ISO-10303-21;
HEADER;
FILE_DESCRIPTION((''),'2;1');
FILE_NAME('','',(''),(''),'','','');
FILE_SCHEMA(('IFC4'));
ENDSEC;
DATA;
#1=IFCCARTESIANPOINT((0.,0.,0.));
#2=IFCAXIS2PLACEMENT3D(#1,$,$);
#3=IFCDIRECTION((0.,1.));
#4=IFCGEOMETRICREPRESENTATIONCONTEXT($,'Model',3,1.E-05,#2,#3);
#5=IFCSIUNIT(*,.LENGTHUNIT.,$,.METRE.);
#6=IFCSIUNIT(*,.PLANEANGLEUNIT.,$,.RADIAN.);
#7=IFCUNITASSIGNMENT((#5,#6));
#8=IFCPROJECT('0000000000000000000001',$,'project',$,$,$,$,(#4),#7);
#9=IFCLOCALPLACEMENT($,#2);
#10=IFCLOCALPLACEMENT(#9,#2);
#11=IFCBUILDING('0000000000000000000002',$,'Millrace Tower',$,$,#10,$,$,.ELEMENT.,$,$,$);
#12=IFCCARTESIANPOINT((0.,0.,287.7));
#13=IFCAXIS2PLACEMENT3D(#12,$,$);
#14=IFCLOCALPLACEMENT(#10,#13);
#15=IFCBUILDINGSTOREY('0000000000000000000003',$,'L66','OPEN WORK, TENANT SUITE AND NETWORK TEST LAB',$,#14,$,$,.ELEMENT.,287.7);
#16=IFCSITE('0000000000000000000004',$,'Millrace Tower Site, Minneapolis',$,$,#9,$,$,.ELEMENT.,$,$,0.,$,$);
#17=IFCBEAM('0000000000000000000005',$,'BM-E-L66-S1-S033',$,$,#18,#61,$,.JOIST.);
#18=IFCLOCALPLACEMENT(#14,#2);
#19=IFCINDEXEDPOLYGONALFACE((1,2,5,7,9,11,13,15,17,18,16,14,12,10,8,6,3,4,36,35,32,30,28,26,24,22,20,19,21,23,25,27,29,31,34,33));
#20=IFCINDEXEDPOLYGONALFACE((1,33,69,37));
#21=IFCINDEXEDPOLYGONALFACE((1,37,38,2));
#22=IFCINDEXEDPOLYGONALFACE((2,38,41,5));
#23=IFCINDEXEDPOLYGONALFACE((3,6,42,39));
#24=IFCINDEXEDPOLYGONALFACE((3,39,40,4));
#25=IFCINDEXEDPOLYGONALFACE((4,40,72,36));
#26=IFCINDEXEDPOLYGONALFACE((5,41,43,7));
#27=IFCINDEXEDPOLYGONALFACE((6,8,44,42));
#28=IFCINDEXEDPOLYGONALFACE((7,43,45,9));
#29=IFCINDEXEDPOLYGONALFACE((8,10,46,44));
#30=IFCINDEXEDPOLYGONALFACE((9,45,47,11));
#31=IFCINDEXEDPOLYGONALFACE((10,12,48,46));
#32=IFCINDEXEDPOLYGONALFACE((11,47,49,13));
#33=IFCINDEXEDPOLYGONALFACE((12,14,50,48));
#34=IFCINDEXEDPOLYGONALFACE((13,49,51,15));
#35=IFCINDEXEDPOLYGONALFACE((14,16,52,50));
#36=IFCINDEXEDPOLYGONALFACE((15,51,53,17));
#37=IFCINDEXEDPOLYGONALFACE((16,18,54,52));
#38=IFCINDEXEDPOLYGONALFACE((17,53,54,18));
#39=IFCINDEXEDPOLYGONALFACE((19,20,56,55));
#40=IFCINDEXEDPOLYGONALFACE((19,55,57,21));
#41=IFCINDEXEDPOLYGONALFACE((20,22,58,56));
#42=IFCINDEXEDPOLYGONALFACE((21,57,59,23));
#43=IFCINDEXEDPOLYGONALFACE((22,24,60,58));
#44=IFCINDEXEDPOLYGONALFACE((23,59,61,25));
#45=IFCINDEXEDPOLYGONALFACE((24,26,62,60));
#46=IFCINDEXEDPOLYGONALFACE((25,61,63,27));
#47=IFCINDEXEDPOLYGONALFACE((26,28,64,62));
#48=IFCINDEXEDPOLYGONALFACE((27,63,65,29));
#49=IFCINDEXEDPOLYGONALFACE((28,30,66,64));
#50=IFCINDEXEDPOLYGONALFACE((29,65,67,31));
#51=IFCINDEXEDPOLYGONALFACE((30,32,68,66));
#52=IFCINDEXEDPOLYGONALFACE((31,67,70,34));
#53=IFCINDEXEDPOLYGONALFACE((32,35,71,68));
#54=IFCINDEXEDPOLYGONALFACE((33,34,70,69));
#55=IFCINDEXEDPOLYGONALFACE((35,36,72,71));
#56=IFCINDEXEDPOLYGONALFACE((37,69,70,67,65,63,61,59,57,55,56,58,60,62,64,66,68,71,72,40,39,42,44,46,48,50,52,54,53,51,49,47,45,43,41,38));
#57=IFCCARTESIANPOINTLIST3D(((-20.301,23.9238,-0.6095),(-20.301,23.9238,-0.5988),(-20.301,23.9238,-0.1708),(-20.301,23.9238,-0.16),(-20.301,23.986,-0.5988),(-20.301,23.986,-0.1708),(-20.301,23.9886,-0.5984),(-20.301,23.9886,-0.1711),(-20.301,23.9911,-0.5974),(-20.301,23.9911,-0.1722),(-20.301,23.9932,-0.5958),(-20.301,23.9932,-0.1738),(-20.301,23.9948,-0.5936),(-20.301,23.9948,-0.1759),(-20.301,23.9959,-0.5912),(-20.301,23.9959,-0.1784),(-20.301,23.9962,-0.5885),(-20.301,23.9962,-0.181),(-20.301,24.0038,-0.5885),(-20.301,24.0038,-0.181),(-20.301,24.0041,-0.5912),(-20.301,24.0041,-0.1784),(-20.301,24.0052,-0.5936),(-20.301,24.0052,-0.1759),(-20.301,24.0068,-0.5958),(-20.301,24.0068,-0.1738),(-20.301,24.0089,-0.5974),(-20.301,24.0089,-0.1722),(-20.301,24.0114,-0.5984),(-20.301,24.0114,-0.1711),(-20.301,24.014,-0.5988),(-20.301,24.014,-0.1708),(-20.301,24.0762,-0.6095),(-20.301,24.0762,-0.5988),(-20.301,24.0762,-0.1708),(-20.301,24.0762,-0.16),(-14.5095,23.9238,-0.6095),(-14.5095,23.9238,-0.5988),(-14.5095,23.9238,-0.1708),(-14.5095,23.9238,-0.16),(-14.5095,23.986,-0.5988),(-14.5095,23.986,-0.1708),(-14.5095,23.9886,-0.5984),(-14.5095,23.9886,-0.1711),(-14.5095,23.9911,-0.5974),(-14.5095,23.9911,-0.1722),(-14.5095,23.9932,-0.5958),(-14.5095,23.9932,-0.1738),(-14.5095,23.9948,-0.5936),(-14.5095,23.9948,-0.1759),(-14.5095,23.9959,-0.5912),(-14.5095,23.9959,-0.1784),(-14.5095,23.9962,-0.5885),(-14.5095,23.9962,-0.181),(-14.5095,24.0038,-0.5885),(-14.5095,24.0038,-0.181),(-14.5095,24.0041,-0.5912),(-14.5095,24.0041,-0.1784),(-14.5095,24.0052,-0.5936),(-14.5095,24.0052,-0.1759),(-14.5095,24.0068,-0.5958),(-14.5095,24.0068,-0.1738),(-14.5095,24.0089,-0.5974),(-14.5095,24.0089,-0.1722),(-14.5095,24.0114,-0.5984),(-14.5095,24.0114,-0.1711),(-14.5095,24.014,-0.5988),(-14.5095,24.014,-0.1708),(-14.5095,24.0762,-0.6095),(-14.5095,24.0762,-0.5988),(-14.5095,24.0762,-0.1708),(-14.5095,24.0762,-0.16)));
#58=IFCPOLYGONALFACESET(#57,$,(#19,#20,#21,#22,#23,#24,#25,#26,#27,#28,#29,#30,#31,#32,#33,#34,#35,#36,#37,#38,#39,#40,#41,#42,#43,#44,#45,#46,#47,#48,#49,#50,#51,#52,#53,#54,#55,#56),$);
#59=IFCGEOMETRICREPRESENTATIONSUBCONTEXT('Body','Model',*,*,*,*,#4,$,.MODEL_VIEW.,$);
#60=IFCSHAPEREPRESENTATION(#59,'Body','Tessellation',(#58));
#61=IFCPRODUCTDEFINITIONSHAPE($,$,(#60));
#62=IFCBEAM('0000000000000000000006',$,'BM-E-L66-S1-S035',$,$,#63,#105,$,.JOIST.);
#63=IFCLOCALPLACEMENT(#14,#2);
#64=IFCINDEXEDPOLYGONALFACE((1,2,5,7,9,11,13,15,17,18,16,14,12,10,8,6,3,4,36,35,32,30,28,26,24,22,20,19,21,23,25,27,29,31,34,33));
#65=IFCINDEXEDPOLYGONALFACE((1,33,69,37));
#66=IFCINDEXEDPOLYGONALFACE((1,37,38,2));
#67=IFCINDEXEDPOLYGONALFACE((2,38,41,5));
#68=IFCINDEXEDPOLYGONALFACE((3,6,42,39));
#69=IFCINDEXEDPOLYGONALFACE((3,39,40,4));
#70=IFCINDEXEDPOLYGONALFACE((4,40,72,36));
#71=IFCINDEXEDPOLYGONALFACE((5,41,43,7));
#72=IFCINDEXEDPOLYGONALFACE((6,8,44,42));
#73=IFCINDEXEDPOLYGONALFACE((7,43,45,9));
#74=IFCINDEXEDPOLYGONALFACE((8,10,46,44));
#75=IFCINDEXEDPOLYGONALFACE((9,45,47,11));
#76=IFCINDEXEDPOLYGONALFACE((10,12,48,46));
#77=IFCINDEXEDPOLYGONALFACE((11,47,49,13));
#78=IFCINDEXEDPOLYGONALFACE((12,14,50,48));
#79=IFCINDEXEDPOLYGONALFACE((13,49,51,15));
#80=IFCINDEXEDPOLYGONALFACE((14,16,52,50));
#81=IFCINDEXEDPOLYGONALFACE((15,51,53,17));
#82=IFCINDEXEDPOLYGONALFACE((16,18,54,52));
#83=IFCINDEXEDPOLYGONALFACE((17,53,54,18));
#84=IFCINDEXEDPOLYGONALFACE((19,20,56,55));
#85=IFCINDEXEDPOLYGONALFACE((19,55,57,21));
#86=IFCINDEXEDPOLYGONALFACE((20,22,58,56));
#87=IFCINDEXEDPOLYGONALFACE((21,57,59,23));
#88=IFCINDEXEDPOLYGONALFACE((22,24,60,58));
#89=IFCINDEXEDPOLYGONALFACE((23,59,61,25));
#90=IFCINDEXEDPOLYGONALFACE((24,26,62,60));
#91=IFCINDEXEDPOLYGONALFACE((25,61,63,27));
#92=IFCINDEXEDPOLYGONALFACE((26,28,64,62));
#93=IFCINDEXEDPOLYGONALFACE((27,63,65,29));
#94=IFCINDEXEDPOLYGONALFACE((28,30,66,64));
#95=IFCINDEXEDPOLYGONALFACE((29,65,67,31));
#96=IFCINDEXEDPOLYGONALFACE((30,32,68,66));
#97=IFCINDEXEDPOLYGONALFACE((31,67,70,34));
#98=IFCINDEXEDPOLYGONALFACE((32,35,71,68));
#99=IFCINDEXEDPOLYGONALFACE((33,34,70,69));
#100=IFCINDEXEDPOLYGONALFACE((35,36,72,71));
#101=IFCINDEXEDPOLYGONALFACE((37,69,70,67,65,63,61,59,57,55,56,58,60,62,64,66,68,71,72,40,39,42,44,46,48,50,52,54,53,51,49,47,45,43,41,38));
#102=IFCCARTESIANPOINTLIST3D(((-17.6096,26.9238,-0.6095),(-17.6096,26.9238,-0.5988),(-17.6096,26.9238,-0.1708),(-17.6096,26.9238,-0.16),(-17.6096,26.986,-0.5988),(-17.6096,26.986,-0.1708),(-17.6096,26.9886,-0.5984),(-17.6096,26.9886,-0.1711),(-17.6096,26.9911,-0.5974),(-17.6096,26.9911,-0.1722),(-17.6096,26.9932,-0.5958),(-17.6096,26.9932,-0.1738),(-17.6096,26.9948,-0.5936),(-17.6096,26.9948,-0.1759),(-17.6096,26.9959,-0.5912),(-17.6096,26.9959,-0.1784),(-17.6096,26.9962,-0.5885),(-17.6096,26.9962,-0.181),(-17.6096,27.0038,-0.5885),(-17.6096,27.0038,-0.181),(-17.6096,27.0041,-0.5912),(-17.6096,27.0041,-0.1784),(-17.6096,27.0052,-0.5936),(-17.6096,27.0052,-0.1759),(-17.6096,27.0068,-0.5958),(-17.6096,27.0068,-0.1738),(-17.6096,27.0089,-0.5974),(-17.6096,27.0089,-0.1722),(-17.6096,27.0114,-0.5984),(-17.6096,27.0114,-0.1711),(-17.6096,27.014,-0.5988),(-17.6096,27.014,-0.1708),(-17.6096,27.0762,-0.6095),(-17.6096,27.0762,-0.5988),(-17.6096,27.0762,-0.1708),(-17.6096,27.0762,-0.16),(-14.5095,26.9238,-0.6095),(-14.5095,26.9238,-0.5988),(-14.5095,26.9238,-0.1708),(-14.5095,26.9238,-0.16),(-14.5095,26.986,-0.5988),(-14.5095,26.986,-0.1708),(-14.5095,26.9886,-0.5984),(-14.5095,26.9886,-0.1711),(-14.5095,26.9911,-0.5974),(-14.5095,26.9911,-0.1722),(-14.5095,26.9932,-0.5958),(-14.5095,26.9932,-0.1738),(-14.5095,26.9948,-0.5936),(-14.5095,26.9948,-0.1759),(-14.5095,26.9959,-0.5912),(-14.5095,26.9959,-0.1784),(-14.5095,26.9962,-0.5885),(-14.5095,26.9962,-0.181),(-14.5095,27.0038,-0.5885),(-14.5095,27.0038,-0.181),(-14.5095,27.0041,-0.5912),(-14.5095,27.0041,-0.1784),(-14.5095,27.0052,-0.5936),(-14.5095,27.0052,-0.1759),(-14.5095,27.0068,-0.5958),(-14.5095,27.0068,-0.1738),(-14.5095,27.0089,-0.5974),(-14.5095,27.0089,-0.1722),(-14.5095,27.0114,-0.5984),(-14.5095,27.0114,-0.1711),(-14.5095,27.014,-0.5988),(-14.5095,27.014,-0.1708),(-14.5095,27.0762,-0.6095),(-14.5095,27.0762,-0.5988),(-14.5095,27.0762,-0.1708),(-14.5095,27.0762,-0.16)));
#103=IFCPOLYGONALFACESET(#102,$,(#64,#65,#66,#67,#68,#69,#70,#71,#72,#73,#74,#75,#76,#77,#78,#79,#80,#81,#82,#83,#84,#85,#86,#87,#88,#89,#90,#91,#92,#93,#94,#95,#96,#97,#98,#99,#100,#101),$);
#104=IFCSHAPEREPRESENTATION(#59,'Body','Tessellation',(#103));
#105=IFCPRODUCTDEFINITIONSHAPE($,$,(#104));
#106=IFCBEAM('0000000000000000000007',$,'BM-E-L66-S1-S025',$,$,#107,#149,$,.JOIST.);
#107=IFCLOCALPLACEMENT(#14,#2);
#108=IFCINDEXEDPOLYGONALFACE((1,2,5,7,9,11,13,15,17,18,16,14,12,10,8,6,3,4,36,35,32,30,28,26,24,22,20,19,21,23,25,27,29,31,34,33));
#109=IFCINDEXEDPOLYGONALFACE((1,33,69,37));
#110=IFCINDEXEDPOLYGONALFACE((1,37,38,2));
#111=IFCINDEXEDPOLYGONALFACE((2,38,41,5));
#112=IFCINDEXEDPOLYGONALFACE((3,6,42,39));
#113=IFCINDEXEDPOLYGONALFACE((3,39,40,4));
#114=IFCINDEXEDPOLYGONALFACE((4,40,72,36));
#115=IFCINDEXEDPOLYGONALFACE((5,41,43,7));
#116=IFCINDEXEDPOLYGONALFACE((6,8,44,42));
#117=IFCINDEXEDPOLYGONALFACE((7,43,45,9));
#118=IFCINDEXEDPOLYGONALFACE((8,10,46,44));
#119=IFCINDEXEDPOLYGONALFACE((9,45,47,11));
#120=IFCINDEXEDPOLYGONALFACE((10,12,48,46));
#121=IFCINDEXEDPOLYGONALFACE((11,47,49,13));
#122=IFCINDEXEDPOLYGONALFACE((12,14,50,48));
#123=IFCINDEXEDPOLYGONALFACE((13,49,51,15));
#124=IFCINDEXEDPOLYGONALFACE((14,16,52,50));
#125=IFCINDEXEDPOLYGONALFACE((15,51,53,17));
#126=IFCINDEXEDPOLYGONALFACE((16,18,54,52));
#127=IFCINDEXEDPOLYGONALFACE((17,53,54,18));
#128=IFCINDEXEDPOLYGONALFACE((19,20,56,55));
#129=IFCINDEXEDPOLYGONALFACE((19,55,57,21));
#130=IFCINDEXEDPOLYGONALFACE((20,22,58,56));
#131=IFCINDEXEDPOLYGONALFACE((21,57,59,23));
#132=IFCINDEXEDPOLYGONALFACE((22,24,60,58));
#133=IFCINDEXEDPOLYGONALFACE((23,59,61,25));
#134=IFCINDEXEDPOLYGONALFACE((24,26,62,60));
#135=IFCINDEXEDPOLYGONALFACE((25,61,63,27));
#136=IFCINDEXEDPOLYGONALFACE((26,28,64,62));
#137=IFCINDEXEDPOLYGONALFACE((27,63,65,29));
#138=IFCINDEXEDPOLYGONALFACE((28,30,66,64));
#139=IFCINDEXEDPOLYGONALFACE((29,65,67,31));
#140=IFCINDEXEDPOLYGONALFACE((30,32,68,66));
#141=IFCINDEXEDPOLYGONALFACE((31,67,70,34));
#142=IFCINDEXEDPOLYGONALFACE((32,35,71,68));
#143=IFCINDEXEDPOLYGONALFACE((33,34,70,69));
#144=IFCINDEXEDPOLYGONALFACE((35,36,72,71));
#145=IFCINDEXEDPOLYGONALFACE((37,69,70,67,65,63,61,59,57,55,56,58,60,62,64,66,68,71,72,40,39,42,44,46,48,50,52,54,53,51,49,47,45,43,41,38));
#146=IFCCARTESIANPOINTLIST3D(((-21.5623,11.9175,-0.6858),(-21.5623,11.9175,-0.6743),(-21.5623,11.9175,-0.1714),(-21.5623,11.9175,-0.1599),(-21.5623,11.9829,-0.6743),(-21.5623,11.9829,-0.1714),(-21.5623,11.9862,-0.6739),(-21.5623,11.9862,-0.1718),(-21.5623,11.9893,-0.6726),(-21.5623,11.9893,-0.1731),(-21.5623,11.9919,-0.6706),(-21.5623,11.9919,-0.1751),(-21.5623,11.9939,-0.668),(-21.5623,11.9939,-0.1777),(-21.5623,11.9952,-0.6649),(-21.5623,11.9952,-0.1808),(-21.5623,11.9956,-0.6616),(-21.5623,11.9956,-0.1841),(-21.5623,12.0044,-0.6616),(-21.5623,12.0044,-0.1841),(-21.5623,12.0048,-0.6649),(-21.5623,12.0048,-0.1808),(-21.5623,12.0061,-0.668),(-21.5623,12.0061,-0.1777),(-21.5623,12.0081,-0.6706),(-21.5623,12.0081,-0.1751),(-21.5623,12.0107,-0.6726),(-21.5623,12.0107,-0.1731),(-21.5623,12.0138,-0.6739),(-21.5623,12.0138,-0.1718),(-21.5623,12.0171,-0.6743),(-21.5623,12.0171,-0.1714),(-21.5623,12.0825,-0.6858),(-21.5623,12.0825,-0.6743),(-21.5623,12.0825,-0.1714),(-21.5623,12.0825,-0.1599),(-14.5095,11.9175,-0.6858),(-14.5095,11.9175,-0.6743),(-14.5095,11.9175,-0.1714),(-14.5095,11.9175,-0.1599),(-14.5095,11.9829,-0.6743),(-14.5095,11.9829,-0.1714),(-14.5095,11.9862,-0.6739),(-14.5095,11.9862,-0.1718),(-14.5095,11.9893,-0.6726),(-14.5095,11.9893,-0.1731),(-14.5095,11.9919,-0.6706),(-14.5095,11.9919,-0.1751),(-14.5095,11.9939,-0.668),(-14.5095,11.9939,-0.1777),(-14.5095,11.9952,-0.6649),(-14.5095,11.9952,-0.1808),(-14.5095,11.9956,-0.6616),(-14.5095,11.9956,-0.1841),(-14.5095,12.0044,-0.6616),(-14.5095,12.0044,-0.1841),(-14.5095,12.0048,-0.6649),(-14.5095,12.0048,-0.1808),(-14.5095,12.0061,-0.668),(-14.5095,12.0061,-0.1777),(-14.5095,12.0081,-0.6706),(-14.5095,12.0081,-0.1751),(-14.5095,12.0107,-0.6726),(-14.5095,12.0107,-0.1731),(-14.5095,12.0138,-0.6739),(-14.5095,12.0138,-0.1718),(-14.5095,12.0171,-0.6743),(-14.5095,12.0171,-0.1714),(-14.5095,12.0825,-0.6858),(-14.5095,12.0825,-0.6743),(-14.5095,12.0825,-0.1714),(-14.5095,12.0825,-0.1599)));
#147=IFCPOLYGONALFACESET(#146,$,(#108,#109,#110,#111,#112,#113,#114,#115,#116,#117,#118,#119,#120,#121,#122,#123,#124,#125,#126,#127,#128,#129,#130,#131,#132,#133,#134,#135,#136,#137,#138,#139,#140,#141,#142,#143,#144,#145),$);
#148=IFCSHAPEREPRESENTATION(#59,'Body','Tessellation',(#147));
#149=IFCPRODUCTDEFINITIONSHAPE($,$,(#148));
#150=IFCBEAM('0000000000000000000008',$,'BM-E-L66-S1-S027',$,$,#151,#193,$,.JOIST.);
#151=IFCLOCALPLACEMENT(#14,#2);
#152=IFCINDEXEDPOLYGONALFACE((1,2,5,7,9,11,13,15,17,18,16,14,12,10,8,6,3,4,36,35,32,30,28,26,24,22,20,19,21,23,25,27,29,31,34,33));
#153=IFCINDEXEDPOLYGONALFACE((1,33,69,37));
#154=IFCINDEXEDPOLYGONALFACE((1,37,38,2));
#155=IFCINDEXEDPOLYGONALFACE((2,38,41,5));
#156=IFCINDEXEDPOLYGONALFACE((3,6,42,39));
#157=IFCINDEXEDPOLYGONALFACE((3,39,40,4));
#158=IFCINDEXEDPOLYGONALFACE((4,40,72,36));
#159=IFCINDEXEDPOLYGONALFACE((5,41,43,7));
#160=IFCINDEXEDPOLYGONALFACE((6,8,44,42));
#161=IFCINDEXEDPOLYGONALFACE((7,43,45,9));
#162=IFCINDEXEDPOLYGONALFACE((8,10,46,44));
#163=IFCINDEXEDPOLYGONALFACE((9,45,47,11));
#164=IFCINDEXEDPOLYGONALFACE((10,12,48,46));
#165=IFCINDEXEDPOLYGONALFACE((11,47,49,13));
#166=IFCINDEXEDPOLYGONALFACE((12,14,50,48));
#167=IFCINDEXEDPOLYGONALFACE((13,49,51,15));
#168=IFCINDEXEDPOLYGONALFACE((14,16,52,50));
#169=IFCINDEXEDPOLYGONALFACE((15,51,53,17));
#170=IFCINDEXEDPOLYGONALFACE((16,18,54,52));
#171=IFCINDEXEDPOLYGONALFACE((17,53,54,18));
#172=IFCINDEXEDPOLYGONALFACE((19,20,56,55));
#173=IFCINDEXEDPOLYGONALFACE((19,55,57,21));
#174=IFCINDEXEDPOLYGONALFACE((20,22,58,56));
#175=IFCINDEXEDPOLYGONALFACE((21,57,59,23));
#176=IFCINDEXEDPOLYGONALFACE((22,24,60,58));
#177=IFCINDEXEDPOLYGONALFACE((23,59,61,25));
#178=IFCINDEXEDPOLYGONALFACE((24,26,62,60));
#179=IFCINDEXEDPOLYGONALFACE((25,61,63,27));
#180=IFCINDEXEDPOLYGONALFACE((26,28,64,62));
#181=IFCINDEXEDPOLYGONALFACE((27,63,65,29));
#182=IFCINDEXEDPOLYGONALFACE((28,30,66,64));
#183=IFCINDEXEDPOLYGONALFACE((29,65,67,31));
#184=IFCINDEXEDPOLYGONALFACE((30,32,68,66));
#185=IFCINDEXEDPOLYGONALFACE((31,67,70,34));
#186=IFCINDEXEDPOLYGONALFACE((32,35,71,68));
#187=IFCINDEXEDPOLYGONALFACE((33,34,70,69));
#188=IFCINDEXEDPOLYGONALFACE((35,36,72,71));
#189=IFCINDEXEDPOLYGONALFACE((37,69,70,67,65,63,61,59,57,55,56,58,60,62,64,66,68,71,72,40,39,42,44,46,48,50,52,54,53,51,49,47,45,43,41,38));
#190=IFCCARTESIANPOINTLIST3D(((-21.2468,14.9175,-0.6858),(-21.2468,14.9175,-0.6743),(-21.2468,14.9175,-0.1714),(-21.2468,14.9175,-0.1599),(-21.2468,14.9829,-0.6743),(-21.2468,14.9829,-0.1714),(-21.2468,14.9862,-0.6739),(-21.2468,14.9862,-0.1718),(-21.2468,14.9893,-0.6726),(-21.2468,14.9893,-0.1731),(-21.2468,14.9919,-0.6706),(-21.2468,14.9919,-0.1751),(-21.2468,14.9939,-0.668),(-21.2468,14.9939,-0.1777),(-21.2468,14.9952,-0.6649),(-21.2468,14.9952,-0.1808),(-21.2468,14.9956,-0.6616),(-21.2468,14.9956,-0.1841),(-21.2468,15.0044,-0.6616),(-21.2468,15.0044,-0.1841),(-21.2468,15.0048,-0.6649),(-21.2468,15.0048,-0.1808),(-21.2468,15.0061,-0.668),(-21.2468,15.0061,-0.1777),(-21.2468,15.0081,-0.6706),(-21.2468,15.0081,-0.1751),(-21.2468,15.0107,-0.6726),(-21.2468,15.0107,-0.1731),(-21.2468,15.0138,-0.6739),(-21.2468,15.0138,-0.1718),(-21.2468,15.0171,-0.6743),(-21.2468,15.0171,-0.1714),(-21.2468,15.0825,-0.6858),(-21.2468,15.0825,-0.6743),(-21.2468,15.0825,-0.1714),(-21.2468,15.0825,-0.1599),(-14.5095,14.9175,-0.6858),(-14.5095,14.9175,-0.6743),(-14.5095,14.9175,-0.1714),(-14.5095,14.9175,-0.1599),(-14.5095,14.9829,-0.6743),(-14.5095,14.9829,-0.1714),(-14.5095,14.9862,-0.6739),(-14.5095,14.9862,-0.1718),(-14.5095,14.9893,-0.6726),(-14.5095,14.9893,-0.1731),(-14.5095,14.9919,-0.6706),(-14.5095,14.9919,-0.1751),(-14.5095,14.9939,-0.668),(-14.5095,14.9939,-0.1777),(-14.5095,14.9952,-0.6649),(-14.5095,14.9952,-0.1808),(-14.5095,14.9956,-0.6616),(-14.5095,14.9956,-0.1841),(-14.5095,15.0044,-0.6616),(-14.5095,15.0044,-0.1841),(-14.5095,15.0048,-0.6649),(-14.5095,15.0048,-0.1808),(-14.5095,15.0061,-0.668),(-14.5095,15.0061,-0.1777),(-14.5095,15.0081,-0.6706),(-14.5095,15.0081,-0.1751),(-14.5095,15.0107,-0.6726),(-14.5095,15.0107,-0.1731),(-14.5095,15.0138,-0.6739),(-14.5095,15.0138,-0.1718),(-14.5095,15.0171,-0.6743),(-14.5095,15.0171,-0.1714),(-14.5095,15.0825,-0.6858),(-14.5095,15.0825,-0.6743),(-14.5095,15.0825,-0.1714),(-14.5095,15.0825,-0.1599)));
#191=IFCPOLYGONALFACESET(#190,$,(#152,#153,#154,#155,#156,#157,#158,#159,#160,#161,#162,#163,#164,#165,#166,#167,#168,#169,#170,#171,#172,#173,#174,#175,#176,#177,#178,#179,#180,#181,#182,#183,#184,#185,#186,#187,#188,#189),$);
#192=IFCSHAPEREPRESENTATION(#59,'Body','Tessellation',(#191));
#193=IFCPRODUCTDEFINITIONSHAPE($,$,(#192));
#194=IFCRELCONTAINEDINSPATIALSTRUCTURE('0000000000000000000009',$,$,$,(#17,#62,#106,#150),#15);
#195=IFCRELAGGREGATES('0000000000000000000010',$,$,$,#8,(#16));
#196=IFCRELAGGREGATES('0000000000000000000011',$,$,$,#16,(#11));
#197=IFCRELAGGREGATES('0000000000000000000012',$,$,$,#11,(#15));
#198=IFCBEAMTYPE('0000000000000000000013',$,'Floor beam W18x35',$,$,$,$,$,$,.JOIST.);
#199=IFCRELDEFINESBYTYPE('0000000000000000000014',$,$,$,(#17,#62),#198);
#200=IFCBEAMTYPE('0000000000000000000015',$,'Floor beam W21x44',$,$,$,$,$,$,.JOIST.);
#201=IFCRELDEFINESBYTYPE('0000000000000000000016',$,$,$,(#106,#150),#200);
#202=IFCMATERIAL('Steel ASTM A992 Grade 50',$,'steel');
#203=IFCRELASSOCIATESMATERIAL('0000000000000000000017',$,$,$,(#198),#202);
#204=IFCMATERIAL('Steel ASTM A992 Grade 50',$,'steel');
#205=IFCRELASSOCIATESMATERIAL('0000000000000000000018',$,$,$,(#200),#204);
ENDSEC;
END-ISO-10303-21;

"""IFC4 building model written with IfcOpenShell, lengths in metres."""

from ifc_helpers import new_model, si_unit, direction, frame, origin, origin_2d, place, context, subcontext, project, spatial, i_section, extrude, material, material_profile, profile_set, type_object, element, save


model = new_model("IFC4")

# Units and contexts
model_context = context("Model", 3, precision=1e-05, world=origin(), true_north=direction((0.0, 1.0)))
body_context = subcontext(model_context, "Body", "Model", "MODEL_VIEW")
ifc_project = project(units=[si_unit("LENGTHUNIT", "METRE"), si_unit("PLANEANGLEUNIT", "RADIAN")], contexts=[model_context])

# Site, building, storey
site_placement = place(None, origin())
site = spatial("IfcSite", under=ifc_project, at=site_placement, Name="Millrace Tower Site, Minneapolis", CompositionType="ELEMENT", RefElevation=0.0)
building_placement = place(site_placement, origin())
building = spatial("IfcBuilding", under=site, at=building_placement, Name="Millrace Tower", CompositionType="ELEMENT")
storey_placement = place(building_placement, frame((0.0, 0.0, 287.7)))
storey = spatial("IfcBuildingStorey", under=building, at=storey_placement, Name="L66", Description="OPEN WORK, TENANT SUITE AND NETWORK TEST LAB", CompositionType="ELEMENT", Elevation=287.7)

# Beams
ifc_material_1 = material(Name="Steel ASTM A992 Grade 50", Category="steel")
ifc_material_profile_1 = material_profile(ifc_material_1, i_section(OverallWidth=0.1523, OverallDepth=0.4495, WebThickness=0.0076, FlangeThickness=0.0107, FilletRadius=0.0103, at=origin_2d()))
ifc_profile_set_1 = profile_set([ifc_material_profile_1], Name="Steel ASTM A992 Grade 50")
beam_type_1 = type_object("IfcBeamType", Name="Floor beam W18x35", PredefinedType="JOIST", material=ifc_profile_set_1)
beam_1_placement = place(storey_placement, frame((-20.301, 24.0, -0.3848), z_axis=(1.0, 0.0, 0.0), x_axis=(0.0, 1.0, 0.0)))
element("IfcBeam", 1, at=beam_1_placement, inside=storey, type_object=beam_type_1, Name="BM-E-L66-S1-S033", PredefinedType="JOIST", context=body_context, shape_type="SweptSolid", body=[
    extrude(i_section(OverallWidth=0.1523, OverallDepth=0.4495, WebThickness=0.0076, FlangeThickness=0.0107, FilletRadius=0.0103, at=origin_2d()), origin(), (0.0, 0.0, 1.0), 5.7915),
])
beam_2_placement = place(storey_placement, frame((-17.6096, 27.0, -0.3848), z_axis=(1.0, 0.0, 0.0), x_axis=(0.0, 1.0, 0.0)))
element("IfcBeam", 2, at=beam_2_placement, inside=storey, type_object=beam_type_1, Name="BM-E-L66-S1-S035", PredefinedType="JOIST", context=body_context, shape_type="SweptSolid", body=[
    extrude(i_section(OverallWidth=0.1523, OverallDepth=0.4495, WebThickness=0.0076, FlangeThickness=0.0107, FilletRadius=0.0103, at=origin_2d()), origin(), (0.0, 0.0, 1.0), 3.1001),
])
ifc_material_2 = material(Name="Steel ASTM A992 Grade 50", Category="steel")
ifc_material_profile_2 = material_profile(ifc_material_2, i_section(OverallWidth=0.165, OverallDepth=0.5259, WebThickness=0.0088, FlangeThickness=0.0115, FilletRadius=0.0127, at=origin_2d()))
ifc_profile_set_2 = profile_set([ifc_material_profile_2], Name="Steel ASTM A992 Grade 50")
beam_type_2 = type_object("IfcBeamType", Name="Floor beam W21x44", PredefinedType="JOIST", material=ifc_profile_set_2)
beam_3_placement = place(storey_placement, frame((-21.5623, 12.0, -0.4229), z_axis=(1.0, 0.0, 0.0), x_axis=(0.0, 1.0, 0.0)))
element("IfcBeam", 3, at=beam_3_placement, inside=storey, type_object=beam_type_2, Name="BM-E-L66-S1-S025", PredefinedType="JOIST", context=body_context, shape_type="SweptSolid", body=[
    extrude(i_section(OverallWidth=0.165, OverallDepth=0.5259, WebThickness=0.0088, FlangeThickness=0.0115, FilletRadius=0.0127, at=origin_2d()), origin(), (0.0, 0.0, 1.0), 7.0527),
])
beam_4_placement = place(storey_placement, frame((-21.2468, 15.0, -0.4229), z_axis=(1.0, 0.0, 0.0), x_axis=(0.0, 1.0, 0.0)))
element("IfcBeam", 4, at=beam_4_placement, inside=storey, type_object=beam_type_2, Name="BM-E-L66-S1-S027", PredefinedType="JOIST", context=body_context, shape_type="SweptSolid", body=[
    extrude(i_section(OverallWidth=0.165, OverallDepth=0.5259, WebThickness=0.0088, FlangeThickness=0.0115, FilletRadius=0.0127, at=origin_2d()), origin(), (0.0, 0.0, 1.0), 6.7373),
])

save(model, "model.ifc")
